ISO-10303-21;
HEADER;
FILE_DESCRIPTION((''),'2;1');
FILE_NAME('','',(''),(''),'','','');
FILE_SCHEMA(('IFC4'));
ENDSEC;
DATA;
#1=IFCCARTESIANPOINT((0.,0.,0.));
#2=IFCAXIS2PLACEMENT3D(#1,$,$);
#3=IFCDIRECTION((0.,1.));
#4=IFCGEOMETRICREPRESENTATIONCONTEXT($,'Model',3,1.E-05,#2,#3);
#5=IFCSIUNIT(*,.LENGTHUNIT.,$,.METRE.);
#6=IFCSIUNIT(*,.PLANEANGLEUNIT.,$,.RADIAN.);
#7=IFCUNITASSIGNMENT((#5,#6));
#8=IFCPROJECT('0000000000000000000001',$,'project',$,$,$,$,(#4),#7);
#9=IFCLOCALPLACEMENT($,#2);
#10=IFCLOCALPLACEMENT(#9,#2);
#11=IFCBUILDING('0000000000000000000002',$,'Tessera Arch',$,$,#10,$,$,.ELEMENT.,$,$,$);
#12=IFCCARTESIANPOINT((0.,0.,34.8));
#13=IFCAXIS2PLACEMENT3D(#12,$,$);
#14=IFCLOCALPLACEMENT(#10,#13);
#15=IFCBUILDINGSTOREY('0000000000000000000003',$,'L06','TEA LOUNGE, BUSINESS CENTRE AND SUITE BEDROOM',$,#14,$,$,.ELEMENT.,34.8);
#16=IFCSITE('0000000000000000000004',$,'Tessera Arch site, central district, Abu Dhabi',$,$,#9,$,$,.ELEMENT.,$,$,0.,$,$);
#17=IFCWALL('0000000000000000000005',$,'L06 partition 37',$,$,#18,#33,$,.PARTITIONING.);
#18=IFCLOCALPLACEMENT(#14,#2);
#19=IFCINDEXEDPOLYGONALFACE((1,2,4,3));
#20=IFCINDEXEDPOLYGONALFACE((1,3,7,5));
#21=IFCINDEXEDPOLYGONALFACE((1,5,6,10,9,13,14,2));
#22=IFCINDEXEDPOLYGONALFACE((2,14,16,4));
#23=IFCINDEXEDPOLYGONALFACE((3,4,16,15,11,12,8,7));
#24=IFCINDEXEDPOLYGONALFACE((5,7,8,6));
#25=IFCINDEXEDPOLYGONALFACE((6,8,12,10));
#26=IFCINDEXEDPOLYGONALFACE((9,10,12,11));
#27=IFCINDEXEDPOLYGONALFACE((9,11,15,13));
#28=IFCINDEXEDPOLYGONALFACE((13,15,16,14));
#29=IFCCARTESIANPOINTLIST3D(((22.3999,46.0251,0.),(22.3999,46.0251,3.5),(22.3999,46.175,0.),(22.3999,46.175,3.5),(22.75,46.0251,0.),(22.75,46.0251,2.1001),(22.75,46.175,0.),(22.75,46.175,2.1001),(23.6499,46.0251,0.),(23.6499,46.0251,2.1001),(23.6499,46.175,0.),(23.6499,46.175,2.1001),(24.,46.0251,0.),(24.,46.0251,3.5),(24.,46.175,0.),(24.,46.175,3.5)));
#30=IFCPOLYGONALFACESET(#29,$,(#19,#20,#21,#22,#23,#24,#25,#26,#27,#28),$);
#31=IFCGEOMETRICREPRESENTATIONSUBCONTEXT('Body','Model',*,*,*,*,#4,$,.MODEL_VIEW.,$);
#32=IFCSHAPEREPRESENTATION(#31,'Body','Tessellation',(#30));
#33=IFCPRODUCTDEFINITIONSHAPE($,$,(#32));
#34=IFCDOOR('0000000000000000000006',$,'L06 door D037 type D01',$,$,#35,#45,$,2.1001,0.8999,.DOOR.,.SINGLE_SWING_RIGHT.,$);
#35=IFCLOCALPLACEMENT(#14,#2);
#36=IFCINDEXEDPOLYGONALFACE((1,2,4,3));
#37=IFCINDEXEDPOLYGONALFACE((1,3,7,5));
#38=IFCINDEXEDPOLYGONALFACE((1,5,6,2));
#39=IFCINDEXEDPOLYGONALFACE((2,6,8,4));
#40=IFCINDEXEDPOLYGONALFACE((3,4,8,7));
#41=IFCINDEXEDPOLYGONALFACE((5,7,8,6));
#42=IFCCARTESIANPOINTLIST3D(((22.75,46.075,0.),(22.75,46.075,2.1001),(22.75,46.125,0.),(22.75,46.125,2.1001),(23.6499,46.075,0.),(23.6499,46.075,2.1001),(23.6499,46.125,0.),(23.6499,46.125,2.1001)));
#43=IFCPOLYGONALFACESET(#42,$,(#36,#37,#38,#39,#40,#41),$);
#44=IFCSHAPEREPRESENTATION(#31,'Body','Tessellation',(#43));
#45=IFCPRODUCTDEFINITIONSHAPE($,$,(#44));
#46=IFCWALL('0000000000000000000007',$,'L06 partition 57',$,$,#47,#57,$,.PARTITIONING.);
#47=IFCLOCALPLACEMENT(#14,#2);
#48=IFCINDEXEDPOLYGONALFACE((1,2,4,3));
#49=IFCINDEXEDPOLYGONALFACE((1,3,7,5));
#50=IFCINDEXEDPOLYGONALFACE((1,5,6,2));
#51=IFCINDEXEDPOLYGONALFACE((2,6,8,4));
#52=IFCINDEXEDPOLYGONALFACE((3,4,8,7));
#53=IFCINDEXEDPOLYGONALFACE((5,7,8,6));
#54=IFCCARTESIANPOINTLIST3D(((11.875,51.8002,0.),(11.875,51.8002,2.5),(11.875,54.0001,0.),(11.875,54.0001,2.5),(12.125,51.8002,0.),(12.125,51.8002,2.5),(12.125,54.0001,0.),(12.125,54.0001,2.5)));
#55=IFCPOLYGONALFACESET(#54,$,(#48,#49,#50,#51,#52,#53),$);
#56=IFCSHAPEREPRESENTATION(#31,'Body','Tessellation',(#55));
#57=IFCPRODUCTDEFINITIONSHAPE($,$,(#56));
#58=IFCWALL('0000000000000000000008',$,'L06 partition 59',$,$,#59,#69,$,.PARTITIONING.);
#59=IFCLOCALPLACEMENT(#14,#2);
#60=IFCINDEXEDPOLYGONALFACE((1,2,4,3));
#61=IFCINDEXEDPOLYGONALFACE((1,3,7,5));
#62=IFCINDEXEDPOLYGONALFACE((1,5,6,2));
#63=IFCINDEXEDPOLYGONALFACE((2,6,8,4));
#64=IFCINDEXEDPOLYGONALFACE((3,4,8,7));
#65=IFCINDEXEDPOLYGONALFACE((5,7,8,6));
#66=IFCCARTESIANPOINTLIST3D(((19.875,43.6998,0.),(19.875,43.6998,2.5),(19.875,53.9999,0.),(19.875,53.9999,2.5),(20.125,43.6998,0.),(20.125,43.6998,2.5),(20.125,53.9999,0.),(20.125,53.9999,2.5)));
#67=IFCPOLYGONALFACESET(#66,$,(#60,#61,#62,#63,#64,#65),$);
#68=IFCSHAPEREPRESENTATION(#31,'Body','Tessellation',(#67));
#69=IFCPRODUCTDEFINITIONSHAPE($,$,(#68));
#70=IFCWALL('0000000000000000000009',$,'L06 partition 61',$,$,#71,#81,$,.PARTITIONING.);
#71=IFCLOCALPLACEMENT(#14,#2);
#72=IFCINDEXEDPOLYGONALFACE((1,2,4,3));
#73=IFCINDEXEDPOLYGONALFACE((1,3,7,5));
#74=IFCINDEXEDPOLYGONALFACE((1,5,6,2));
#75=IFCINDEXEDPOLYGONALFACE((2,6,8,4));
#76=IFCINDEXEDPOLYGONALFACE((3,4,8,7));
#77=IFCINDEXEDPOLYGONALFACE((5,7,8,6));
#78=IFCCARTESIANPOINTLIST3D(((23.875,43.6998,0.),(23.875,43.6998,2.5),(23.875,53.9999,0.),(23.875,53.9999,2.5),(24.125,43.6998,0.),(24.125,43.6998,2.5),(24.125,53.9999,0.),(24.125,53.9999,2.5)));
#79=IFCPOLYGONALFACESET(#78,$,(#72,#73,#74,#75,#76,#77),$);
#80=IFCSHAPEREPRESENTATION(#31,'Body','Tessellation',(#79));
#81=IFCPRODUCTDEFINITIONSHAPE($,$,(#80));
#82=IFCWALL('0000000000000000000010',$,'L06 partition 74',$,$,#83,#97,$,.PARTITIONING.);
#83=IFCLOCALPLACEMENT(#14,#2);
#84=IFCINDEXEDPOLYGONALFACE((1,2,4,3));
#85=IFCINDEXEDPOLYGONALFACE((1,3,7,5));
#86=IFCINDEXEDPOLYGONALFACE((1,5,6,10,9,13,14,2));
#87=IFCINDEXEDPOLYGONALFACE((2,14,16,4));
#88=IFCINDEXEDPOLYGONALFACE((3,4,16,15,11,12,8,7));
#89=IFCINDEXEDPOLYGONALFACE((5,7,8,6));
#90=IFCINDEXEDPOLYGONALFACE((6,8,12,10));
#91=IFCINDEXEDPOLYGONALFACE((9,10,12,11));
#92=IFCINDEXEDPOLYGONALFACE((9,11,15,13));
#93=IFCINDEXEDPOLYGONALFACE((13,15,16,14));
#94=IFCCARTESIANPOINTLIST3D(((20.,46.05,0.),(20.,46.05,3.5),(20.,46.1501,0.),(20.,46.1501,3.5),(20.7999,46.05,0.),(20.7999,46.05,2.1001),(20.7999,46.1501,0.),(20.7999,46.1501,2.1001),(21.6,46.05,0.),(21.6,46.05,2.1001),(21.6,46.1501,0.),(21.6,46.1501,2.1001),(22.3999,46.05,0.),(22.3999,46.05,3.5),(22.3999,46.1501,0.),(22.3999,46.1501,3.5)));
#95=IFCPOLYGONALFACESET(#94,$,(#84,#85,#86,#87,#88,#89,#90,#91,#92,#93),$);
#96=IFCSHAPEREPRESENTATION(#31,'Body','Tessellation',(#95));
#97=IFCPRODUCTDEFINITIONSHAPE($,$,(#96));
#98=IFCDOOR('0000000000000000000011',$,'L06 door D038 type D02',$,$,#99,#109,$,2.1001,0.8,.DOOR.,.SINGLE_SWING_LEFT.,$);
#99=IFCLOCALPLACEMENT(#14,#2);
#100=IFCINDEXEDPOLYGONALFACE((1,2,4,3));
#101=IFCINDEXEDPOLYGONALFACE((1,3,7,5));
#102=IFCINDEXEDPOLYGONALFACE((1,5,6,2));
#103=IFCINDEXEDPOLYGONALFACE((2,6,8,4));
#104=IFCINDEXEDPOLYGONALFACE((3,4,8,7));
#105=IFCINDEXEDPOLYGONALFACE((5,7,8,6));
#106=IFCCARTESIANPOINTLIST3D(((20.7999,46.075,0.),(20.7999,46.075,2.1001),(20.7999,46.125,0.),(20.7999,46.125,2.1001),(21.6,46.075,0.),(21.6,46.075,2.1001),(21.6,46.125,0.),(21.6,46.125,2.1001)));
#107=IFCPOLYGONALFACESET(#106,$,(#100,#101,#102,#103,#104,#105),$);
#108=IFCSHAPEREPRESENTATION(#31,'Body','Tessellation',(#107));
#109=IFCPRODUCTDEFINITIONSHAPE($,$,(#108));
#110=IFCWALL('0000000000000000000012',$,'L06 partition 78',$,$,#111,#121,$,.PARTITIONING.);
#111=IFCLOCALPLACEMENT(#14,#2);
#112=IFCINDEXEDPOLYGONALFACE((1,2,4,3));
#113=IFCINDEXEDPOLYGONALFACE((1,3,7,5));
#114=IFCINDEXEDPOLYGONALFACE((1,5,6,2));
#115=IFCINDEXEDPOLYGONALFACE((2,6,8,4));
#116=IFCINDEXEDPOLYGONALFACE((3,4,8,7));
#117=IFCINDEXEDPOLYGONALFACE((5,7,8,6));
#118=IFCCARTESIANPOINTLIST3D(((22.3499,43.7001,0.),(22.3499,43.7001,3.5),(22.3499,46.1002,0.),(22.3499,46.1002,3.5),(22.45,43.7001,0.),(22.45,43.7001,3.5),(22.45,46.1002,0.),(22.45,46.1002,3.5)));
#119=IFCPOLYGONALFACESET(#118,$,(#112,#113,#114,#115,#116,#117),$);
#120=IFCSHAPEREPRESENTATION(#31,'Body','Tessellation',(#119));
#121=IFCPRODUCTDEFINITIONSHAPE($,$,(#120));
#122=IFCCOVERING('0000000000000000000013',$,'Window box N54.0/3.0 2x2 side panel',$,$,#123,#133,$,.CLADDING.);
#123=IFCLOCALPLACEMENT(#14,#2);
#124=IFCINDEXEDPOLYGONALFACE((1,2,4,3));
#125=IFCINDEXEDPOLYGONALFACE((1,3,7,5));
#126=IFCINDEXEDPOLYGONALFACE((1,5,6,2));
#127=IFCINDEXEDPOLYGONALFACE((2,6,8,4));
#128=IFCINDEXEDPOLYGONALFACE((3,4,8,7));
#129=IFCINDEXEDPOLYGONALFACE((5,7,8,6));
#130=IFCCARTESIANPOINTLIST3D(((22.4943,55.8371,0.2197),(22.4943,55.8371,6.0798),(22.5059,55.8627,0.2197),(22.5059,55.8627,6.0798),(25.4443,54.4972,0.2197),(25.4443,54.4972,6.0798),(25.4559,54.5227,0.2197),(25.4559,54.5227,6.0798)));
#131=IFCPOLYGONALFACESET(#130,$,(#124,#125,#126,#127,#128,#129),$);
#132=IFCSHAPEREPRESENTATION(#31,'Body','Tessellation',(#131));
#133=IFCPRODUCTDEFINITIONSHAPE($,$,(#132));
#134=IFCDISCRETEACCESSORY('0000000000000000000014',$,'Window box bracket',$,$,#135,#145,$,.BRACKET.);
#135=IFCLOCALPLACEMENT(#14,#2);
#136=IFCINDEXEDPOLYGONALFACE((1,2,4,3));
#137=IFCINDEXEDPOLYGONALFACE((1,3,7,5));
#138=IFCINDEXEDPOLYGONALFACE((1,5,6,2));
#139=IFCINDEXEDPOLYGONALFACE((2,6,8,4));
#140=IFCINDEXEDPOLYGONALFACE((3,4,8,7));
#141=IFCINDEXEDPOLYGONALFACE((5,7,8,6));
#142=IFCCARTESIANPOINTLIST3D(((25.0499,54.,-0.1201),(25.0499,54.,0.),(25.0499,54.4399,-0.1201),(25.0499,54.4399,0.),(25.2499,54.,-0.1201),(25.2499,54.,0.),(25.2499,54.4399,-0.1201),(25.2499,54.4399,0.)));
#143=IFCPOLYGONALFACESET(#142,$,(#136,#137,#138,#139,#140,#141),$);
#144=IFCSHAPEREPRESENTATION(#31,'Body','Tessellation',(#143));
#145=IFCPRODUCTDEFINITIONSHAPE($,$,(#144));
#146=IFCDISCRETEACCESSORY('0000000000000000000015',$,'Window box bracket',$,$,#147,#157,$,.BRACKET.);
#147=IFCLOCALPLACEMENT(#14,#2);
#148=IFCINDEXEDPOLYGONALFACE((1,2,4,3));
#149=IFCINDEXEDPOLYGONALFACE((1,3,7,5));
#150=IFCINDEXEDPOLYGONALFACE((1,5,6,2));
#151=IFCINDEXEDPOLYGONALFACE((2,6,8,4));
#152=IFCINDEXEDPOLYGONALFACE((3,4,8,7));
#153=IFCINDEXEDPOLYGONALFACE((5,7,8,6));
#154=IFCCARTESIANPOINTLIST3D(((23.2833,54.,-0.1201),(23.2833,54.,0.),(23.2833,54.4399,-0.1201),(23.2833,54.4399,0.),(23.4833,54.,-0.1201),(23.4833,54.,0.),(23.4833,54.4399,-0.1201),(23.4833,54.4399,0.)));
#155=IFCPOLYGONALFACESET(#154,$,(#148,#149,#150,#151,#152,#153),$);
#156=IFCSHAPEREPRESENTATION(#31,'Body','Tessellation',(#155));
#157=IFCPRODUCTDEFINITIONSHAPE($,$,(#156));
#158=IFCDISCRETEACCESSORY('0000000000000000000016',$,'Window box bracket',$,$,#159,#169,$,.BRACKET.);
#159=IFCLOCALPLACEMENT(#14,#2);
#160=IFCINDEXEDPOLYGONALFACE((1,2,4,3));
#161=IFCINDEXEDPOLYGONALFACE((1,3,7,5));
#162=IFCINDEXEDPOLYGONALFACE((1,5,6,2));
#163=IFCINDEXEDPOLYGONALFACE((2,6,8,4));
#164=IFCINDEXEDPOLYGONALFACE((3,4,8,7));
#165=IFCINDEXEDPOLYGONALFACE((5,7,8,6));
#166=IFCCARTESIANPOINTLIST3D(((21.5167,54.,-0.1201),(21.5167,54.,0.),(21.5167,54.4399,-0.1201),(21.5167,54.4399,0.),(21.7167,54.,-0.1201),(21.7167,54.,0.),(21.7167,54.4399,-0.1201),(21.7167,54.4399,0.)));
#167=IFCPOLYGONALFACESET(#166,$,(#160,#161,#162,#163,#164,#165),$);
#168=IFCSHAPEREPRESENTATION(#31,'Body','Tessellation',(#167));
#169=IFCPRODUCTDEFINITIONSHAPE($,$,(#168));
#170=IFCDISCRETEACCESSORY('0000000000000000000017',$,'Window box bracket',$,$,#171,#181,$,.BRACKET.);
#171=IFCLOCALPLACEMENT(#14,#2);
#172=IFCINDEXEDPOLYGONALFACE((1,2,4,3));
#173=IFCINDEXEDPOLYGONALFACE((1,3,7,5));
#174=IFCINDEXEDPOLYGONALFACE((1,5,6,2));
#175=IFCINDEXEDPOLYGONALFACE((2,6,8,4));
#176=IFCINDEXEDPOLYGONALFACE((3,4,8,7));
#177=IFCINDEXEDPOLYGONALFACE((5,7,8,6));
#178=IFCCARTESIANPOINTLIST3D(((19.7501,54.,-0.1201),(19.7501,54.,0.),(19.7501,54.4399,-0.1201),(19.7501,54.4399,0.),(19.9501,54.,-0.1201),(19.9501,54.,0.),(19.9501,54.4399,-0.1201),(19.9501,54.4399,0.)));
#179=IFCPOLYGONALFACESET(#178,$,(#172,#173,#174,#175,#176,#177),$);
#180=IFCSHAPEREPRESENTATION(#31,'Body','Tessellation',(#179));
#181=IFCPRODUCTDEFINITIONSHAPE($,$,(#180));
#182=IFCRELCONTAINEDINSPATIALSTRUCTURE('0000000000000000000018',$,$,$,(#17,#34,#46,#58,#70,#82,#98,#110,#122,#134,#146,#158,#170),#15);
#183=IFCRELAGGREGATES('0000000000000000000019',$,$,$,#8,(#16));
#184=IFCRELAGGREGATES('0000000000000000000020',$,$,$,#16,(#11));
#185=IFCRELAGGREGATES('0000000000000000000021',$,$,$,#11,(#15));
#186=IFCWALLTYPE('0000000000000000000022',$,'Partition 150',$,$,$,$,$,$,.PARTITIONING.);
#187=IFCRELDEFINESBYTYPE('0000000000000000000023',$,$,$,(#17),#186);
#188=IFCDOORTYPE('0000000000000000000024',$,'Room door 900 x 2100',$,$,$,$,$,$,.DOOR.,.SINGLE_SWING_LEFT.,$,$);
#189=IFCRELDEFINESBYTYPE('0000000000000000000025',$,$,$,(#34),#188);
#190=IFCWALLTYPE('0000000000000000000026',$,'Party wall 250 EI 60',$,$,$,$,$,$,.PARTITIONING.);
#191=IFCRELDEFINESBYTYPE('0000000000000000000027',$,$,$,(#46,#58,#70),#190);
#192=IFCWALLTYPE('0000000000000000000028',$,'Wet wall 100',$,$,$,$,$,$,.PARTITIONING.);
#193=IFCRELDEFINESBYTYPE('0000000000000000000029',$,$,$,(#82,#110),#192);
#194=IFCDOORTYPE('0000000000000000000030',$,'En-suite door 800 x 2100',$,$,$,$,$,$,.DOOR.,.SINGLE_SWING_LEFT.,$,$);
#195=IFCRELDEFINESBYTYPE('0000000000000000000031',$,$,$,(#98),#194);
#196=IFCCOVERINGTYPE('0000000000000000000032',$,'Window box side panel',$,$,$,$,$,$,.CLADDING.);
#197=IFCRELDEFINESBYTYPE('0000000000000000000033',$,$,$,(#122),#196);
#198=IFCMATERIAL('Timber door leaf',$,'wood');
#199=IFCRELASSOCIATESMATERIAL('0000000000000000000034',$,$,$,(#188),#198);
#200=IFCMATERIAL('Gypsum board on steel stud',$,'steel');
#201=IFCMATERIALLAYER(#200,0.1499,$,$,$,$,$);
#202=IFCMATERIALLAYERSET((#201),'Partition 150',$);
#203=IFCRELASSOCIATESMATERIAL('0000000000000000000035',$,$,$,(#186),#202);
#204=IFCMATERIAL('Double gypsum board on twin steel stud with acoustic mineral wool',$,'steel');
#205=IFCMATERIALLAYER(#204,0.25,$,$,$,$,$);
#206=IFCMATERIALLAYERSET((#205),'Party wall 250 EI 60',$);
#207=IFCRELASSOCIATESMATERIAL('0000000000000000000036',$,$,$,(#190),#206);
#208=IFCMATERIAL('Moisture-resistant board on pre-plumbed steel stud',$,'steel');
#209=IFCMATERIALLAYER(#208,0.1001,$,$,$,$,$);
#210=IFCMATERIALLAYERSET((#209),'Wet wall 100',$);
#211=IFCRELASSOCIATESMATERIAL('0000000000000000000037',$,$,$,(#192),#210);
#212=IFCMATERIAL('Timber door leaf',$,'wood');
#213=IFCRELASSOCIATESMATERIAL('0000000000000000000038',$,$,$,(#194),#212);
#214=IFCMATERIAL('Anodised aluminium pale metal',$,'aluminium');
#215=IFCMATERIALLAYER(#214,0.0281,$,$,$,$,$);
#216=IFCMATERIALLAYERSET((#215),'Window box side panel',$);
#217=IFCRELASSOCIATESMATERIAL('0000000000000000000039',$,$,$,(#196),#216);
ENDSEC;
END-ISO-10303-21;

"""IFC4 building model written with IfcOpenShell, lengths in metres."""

from ifc_helpers import new_model, si_unit, direction, frame, frame_2d, origin, origin_2d, place, context, subcontext, project, spatial, rectangle, extrude, material, layer, layer_set, type_object, element, fill, save


model = new_model("IFC4")

# Units and contexts
model_context = context("Model", 3, precision=1e-05, world=origin(), true_north=direction((0.0, 1.0)))
body_context = subcontext(model_context, "Body", "Model", "MODEL_VIEW")
ifc_project = project(units=[si_unit("LENGTHUNIT", "METRE"), si_unit("PLANEANGLEUNIT", "RADIAN")], contexts=[model_context])

# Site, building, storey
site_placement = place(None, origin())
site = spatial("IfcSite", under=ifc_project, at=site_placement, Name="Tessera Arch site, central district, Abu Dhabi", CompositionType="ELEMENT", RefElevation=0.0)
building_placement = place(site_placement, origin())
building = spatial("IfcBuilding", under=site, at=building_placement, Name="Tessera Arch", CompositionType="ELEMENT")
storey_placement = place(building_placement, frame((0.0, 0.0, 34.8)))
storey = spatial("IfcBuildingStorey", under=building, at=storey_placement, Name="L06", Description="TEA LOUNGE, BUSINESS CENTRE AND SUITE BEDROOM", CompositionType="ELEMENT", Elevation=34.8)

# Shared definitions
ifc_material_1 = material(Name="Timber door leaf", Category="wood")
door_type_1 = type_object("IfcDoorType", Name="Room door 900 x 2100", OperationType="SINGLE_SWING_LEFT", PredefinedType="DOOR", material=ifc_material_1)

# Wall, opening, door
ifc_material_2 = material(Name="Gypsum board on steel stud", Category="steel")
ifc_layer_1 = layer(ifc_material_2, 0.1499)
ifc_layer_set_1 = layer_set([ifc_layer_1], Name="Partition 150")
wall_type_1 = type_object("IfcWallType", Name="Partition 150", PredefinedType="PARTITIONING", material=ifc_layer_set_1)
wall_1_placement = place(storey_placement, frame((22.3999, 46.1001, 0.0), z_axis=(0.0, 0.0, 1.0), x_axis=(1.0, 0.0, 0.0)))
wall_1 = element("IfcWall", 1, at=wall_1_placement, inside=storey, type_object=wall_type_1, Name="L06 partition 37", PredefinedType="PARTITIONING", context=body_context, shape_type="SweptSolid", body=[
    extrude(rectangle(XDim=1.6001, YDim=0.1499, at=frame_2d((0.8, 0.0))), origin(), (0.0, 0.0, 1.0), 3.5),
])
opening_1_placement = place(wall_1_placement, frame((0.3501, 0.0, 0.0)))
opening_1 = element("IfcOpeningElement", 2, at=opening_1_placement, cuts=wall_1, PredefinedType="OPENING", context=body_context, shape_type="SweptSolid", body=[
    extrude(rectangle(XDim=0.8999, YDim=2.1001, at=frame_2d((0.45, 1.05))), frame((0.0, 0.085, 0.0), z_axis=(0.0, -1.0, 0.0), x_axis=(1.0, 0.0, 0.0)), (0.0, 0.0, 1.0), 0.1699),
])
door_1_placement = place(opening_1_placement, origin())
door_1 = element("IfcDoor", 3, at=door_1_placement, inside=storey, type_object=door_type_1, Name="L06 door D037 type D01", OperationType="SINGLE_SWING_RIGHT", OverallHeight=2.1001, OverallWidth=0.8999, PredefinedType="DOOR", context=body_context, shape_type="SweptSolid", body=[
    extrude(rectangle(XDim=0.8999, YDim=2.1001, at=frame_2d((0.45, 1.05))), frame((0.0, 0.0249, 0.0), z_axis=(0.0, -1.0, 0.0), x_axis=(1.0, 0.0, 0.0)), (0.0, 0.0, 1.0), 0.05),
])
fill(opening_1, door_1)

# Walls
ifc_material_3 = material(Name="Double gypsum board on twin steel stud with acoustic mineral wool", Category="steel")
ifc_layer_2 = layer(ifc_material_3, 0.25)
ifc_layer_set_2 = layer_set([ifc_layer_2], Name="Party wall 250 EI 60")
wall_type_2 = type_object("IfcWallType", Name="Party wall 250 EI 60", PredefinedType="PARTITIONING", material=ifc_layer_set_2)
wall_2_placement = place(storey_placement, frame((12.0, 51.8, 0.0), z_axis=(0.0, 0.0, 1.0), x_axis=(0.0, 1.0, 0.0)))
element("IfcWall", 4, at=wall_2_placement, inside=storey, type_object=wall_type_2, Name="L06 partition 57", PredefinedType="PARTITIONING", context=body_context, shape_type="SweptSolid", body=[
    extrude(rectangle(XDim=2.2, YDim=0.25, at=frame_2d((1.1001, 0.0))), origin(), (0.0, 0.0, 1.0), 2.5),
])
for number, where, z_axis, x_axis, name in (
    (5, (20.0, 43.7, 0.0), (0.0, 0.0, 1.0), (0.0, 1.0, 0.0), "L06 partition 59"),
    (6, (24.0, 43.7, 0.0), (0.0, 0.0, 1.0), (0.0, 1.0, 0.0), "L06 partition 61"),
):
    element("IfcWall", number, at=place(storey_placement, frame(where, z_axis=z_axis, x_axis=x_axis)), inside=storey, type_object=wall_type_2, Name=name, PredefinedType="PARTITIONING", context=body_context, shape_type="SweptSolid", body=[
        extrude(rectangle(XDim=10.3, YDim=0.25, at=frame_2d((5.1499, 0.0))), origin(), (0.0, 0.0, 1.0), 2.5),
    ])

# Wall, opening, door
ifc_material_4 = material(Name="Moisture-resistant board on pre-plumbed steel stud", Category="steel")
ifc_layer_3 = layer(ifc_material_4, 0.1001)
ifc_layer_set_3 = layer_set([ifc_layer_3], Name="Wet wall 100")
wall_type_3 = type_object("IfcWallType", Name="Wet wall 100", PredefinedType="PARTITIONING", material=ifc_layer_set_3)
wall_3_placement = place(storey_placement, frame((20.0, 46.1001, 0.0), z_axis=(0.0, 0.0, 1.0), x_axis=(1.0, 0.0, 0.0)))
wall_3 = element("IfcWall", 7, at=wall_3_placement, inside=storey, type_object=wall_type_3, Name="L06 partition 74", PredefinedType="PARTITIONING", context=body_context, shape_type="SweptSolid", body=[
    extrude(rectangle(XDim=2.3999, YDim=0.1001, at=frame_2d((1.2, 0.0))), origin(), (0.0, 0.0, 1.0), 3.5),
])
opening_2_placement = place(wall_3_placement, frame((0.8, 0.0, 0.0)))
opening_2 = element("IfcOpeningElement", 8, at=opening_2_placement, cuts=wall_3, PredefinedType="OPENING", context=body_context, shape_type="SweptSolid", body=[
    extrude(rectangle(XDim=0.8, YDim=2.1001, at=frame_2d((0.3999, 1.05))), frame((0.0, 0.0601, 0.0), z_axis=(0.0, -1.0, 0.0), x_axis=(1.0, 0.0, 0.0)), (0.0, 0.0, 1.0), 0.1201),
])
ifc_material_5 = material(Name="Timber door leaf", Category="wood")
door_type_2 = type_object("IfcDoorType", Name="En-suite door 800 x 2100", OperationType="SINGLE_SWING_LEFT", PredefinedType="DOOR", material=ifc_material_5)
door_2_placement = place(opening_2_placement, origin())
door_2 = element("IfcDoor", 9, at=door_2_placement, inside=storey, type_object=door_type_2, Name="L06 door D038 type D02", OperationType="SINGLE_SWING_LEFT", OverallHeight=2.1001, OverallWidth=0.8, PredefinedType="DOOR", context=body_context, shape_type="SweptSolid", body=[
    extrude(rectangle(XDim=0.8, YDim=2.1001, at=frame_2d((0.3999, 1.05))), frame((0.0, 0.0249, 0.0), z_axis=(0.0, -1.0, 0.0), x_axis=(1.0, 0.0, 0.0)), (0.0, 0.0, 1.0), 0.05),
])
fill(opening_2, door_2)

# Wall
wall_4_placement = place(storey_placement, frame((22.3999, 43.7, 0.0), z_axis=(0.0, 0.0, 1.0), x_axis=(0.0, 1.0, 0.0)))
element("IfcWall", 10, at=wall_4_placement, inside=storey, type_object=wall_type_3, Name="L06 partition 78", PredefinedType="PARTITIONING", context=body_context, shape_type="SweptSolid", body=[
    extrude(rectangle(XDim=2.4001, YDim=0.1001, at=frame_2d((1.2002, 0.0))), origin(), (0.0, 0.0, 1.0), 3.5),
])

# Covering
ifc_material_6 = material(Name="Anodised aluminium pale metal", Category="aluminium")
ifc_layer_4 = layer(ifc_material_6, 0.0281)
ifc_layer_set_4 = layer_set([ifc_layer_4], Name="Window box side panel")
covering_type = type_object("IfcCoveringType", Name="Window box side panel", PredefinedType="CLADDING", material=ifc_layer_set_4)
covering_placement = place(storey_placement, frame((23.9751, 55.1799, 0.2197), z_axis=(0.0, 0.0, 1.0), x_axis=(-0.910472, 0.41357, 0.0)))
element("IfcCovering", 11, at=covering_placement, inside=storey, type_object=covering_type, Name="Window box N54.0/3.0 2x2 side panel", PredefinedType="CLADDING", context=body_context, shape_type="SweptSolid", body=[
    extrude(rectangle(XDim=3.24, YDim=0.0281, at=origin_2d()), origin(), (0.0, 0.0, 1.0), 5.8601),
])

# Discrete accessories
for number, where, z_axis, x_axis, name in (
    (12, (25.1499, 54.22, -0.1201), (0.0, 0.0, 1.0), (0.0, 1.0, 0.0), "Window box bracket"),
    (13, (23.3833, 54.22, -0.1201), (0.0, 0.0, 1.0), (0.0, 1.0, 0.0), "Window box bracket"),
    (14, (21.6167, 54.22, -0.1201), (0.0, 0.0, 1.0), (0.0, 1.0, 0.0), "Window box bracket"),
    (15, (19.8501, 54.22, -0.1201), (0.0, 0.0, 1.0), (0.0, 1.0, 0.0), "Window box bracket"),
):
    element("IfcDiscreteAccessory", number, at=place(storey_placement, frame(where, z_axis=z_axis, x_axis=x_axis)), inside=storey, Name=name, PredefinedType="BRACKET", context=body_context, shape_type="SweptSolid", body=[
        extrude(rectangle(XDim=0.4399, YDim=0.2, at=origin_2d()), origin(), (0.0, 0.0, 1.0), 0.1201),
    ])

save(model, "model.ifc")
